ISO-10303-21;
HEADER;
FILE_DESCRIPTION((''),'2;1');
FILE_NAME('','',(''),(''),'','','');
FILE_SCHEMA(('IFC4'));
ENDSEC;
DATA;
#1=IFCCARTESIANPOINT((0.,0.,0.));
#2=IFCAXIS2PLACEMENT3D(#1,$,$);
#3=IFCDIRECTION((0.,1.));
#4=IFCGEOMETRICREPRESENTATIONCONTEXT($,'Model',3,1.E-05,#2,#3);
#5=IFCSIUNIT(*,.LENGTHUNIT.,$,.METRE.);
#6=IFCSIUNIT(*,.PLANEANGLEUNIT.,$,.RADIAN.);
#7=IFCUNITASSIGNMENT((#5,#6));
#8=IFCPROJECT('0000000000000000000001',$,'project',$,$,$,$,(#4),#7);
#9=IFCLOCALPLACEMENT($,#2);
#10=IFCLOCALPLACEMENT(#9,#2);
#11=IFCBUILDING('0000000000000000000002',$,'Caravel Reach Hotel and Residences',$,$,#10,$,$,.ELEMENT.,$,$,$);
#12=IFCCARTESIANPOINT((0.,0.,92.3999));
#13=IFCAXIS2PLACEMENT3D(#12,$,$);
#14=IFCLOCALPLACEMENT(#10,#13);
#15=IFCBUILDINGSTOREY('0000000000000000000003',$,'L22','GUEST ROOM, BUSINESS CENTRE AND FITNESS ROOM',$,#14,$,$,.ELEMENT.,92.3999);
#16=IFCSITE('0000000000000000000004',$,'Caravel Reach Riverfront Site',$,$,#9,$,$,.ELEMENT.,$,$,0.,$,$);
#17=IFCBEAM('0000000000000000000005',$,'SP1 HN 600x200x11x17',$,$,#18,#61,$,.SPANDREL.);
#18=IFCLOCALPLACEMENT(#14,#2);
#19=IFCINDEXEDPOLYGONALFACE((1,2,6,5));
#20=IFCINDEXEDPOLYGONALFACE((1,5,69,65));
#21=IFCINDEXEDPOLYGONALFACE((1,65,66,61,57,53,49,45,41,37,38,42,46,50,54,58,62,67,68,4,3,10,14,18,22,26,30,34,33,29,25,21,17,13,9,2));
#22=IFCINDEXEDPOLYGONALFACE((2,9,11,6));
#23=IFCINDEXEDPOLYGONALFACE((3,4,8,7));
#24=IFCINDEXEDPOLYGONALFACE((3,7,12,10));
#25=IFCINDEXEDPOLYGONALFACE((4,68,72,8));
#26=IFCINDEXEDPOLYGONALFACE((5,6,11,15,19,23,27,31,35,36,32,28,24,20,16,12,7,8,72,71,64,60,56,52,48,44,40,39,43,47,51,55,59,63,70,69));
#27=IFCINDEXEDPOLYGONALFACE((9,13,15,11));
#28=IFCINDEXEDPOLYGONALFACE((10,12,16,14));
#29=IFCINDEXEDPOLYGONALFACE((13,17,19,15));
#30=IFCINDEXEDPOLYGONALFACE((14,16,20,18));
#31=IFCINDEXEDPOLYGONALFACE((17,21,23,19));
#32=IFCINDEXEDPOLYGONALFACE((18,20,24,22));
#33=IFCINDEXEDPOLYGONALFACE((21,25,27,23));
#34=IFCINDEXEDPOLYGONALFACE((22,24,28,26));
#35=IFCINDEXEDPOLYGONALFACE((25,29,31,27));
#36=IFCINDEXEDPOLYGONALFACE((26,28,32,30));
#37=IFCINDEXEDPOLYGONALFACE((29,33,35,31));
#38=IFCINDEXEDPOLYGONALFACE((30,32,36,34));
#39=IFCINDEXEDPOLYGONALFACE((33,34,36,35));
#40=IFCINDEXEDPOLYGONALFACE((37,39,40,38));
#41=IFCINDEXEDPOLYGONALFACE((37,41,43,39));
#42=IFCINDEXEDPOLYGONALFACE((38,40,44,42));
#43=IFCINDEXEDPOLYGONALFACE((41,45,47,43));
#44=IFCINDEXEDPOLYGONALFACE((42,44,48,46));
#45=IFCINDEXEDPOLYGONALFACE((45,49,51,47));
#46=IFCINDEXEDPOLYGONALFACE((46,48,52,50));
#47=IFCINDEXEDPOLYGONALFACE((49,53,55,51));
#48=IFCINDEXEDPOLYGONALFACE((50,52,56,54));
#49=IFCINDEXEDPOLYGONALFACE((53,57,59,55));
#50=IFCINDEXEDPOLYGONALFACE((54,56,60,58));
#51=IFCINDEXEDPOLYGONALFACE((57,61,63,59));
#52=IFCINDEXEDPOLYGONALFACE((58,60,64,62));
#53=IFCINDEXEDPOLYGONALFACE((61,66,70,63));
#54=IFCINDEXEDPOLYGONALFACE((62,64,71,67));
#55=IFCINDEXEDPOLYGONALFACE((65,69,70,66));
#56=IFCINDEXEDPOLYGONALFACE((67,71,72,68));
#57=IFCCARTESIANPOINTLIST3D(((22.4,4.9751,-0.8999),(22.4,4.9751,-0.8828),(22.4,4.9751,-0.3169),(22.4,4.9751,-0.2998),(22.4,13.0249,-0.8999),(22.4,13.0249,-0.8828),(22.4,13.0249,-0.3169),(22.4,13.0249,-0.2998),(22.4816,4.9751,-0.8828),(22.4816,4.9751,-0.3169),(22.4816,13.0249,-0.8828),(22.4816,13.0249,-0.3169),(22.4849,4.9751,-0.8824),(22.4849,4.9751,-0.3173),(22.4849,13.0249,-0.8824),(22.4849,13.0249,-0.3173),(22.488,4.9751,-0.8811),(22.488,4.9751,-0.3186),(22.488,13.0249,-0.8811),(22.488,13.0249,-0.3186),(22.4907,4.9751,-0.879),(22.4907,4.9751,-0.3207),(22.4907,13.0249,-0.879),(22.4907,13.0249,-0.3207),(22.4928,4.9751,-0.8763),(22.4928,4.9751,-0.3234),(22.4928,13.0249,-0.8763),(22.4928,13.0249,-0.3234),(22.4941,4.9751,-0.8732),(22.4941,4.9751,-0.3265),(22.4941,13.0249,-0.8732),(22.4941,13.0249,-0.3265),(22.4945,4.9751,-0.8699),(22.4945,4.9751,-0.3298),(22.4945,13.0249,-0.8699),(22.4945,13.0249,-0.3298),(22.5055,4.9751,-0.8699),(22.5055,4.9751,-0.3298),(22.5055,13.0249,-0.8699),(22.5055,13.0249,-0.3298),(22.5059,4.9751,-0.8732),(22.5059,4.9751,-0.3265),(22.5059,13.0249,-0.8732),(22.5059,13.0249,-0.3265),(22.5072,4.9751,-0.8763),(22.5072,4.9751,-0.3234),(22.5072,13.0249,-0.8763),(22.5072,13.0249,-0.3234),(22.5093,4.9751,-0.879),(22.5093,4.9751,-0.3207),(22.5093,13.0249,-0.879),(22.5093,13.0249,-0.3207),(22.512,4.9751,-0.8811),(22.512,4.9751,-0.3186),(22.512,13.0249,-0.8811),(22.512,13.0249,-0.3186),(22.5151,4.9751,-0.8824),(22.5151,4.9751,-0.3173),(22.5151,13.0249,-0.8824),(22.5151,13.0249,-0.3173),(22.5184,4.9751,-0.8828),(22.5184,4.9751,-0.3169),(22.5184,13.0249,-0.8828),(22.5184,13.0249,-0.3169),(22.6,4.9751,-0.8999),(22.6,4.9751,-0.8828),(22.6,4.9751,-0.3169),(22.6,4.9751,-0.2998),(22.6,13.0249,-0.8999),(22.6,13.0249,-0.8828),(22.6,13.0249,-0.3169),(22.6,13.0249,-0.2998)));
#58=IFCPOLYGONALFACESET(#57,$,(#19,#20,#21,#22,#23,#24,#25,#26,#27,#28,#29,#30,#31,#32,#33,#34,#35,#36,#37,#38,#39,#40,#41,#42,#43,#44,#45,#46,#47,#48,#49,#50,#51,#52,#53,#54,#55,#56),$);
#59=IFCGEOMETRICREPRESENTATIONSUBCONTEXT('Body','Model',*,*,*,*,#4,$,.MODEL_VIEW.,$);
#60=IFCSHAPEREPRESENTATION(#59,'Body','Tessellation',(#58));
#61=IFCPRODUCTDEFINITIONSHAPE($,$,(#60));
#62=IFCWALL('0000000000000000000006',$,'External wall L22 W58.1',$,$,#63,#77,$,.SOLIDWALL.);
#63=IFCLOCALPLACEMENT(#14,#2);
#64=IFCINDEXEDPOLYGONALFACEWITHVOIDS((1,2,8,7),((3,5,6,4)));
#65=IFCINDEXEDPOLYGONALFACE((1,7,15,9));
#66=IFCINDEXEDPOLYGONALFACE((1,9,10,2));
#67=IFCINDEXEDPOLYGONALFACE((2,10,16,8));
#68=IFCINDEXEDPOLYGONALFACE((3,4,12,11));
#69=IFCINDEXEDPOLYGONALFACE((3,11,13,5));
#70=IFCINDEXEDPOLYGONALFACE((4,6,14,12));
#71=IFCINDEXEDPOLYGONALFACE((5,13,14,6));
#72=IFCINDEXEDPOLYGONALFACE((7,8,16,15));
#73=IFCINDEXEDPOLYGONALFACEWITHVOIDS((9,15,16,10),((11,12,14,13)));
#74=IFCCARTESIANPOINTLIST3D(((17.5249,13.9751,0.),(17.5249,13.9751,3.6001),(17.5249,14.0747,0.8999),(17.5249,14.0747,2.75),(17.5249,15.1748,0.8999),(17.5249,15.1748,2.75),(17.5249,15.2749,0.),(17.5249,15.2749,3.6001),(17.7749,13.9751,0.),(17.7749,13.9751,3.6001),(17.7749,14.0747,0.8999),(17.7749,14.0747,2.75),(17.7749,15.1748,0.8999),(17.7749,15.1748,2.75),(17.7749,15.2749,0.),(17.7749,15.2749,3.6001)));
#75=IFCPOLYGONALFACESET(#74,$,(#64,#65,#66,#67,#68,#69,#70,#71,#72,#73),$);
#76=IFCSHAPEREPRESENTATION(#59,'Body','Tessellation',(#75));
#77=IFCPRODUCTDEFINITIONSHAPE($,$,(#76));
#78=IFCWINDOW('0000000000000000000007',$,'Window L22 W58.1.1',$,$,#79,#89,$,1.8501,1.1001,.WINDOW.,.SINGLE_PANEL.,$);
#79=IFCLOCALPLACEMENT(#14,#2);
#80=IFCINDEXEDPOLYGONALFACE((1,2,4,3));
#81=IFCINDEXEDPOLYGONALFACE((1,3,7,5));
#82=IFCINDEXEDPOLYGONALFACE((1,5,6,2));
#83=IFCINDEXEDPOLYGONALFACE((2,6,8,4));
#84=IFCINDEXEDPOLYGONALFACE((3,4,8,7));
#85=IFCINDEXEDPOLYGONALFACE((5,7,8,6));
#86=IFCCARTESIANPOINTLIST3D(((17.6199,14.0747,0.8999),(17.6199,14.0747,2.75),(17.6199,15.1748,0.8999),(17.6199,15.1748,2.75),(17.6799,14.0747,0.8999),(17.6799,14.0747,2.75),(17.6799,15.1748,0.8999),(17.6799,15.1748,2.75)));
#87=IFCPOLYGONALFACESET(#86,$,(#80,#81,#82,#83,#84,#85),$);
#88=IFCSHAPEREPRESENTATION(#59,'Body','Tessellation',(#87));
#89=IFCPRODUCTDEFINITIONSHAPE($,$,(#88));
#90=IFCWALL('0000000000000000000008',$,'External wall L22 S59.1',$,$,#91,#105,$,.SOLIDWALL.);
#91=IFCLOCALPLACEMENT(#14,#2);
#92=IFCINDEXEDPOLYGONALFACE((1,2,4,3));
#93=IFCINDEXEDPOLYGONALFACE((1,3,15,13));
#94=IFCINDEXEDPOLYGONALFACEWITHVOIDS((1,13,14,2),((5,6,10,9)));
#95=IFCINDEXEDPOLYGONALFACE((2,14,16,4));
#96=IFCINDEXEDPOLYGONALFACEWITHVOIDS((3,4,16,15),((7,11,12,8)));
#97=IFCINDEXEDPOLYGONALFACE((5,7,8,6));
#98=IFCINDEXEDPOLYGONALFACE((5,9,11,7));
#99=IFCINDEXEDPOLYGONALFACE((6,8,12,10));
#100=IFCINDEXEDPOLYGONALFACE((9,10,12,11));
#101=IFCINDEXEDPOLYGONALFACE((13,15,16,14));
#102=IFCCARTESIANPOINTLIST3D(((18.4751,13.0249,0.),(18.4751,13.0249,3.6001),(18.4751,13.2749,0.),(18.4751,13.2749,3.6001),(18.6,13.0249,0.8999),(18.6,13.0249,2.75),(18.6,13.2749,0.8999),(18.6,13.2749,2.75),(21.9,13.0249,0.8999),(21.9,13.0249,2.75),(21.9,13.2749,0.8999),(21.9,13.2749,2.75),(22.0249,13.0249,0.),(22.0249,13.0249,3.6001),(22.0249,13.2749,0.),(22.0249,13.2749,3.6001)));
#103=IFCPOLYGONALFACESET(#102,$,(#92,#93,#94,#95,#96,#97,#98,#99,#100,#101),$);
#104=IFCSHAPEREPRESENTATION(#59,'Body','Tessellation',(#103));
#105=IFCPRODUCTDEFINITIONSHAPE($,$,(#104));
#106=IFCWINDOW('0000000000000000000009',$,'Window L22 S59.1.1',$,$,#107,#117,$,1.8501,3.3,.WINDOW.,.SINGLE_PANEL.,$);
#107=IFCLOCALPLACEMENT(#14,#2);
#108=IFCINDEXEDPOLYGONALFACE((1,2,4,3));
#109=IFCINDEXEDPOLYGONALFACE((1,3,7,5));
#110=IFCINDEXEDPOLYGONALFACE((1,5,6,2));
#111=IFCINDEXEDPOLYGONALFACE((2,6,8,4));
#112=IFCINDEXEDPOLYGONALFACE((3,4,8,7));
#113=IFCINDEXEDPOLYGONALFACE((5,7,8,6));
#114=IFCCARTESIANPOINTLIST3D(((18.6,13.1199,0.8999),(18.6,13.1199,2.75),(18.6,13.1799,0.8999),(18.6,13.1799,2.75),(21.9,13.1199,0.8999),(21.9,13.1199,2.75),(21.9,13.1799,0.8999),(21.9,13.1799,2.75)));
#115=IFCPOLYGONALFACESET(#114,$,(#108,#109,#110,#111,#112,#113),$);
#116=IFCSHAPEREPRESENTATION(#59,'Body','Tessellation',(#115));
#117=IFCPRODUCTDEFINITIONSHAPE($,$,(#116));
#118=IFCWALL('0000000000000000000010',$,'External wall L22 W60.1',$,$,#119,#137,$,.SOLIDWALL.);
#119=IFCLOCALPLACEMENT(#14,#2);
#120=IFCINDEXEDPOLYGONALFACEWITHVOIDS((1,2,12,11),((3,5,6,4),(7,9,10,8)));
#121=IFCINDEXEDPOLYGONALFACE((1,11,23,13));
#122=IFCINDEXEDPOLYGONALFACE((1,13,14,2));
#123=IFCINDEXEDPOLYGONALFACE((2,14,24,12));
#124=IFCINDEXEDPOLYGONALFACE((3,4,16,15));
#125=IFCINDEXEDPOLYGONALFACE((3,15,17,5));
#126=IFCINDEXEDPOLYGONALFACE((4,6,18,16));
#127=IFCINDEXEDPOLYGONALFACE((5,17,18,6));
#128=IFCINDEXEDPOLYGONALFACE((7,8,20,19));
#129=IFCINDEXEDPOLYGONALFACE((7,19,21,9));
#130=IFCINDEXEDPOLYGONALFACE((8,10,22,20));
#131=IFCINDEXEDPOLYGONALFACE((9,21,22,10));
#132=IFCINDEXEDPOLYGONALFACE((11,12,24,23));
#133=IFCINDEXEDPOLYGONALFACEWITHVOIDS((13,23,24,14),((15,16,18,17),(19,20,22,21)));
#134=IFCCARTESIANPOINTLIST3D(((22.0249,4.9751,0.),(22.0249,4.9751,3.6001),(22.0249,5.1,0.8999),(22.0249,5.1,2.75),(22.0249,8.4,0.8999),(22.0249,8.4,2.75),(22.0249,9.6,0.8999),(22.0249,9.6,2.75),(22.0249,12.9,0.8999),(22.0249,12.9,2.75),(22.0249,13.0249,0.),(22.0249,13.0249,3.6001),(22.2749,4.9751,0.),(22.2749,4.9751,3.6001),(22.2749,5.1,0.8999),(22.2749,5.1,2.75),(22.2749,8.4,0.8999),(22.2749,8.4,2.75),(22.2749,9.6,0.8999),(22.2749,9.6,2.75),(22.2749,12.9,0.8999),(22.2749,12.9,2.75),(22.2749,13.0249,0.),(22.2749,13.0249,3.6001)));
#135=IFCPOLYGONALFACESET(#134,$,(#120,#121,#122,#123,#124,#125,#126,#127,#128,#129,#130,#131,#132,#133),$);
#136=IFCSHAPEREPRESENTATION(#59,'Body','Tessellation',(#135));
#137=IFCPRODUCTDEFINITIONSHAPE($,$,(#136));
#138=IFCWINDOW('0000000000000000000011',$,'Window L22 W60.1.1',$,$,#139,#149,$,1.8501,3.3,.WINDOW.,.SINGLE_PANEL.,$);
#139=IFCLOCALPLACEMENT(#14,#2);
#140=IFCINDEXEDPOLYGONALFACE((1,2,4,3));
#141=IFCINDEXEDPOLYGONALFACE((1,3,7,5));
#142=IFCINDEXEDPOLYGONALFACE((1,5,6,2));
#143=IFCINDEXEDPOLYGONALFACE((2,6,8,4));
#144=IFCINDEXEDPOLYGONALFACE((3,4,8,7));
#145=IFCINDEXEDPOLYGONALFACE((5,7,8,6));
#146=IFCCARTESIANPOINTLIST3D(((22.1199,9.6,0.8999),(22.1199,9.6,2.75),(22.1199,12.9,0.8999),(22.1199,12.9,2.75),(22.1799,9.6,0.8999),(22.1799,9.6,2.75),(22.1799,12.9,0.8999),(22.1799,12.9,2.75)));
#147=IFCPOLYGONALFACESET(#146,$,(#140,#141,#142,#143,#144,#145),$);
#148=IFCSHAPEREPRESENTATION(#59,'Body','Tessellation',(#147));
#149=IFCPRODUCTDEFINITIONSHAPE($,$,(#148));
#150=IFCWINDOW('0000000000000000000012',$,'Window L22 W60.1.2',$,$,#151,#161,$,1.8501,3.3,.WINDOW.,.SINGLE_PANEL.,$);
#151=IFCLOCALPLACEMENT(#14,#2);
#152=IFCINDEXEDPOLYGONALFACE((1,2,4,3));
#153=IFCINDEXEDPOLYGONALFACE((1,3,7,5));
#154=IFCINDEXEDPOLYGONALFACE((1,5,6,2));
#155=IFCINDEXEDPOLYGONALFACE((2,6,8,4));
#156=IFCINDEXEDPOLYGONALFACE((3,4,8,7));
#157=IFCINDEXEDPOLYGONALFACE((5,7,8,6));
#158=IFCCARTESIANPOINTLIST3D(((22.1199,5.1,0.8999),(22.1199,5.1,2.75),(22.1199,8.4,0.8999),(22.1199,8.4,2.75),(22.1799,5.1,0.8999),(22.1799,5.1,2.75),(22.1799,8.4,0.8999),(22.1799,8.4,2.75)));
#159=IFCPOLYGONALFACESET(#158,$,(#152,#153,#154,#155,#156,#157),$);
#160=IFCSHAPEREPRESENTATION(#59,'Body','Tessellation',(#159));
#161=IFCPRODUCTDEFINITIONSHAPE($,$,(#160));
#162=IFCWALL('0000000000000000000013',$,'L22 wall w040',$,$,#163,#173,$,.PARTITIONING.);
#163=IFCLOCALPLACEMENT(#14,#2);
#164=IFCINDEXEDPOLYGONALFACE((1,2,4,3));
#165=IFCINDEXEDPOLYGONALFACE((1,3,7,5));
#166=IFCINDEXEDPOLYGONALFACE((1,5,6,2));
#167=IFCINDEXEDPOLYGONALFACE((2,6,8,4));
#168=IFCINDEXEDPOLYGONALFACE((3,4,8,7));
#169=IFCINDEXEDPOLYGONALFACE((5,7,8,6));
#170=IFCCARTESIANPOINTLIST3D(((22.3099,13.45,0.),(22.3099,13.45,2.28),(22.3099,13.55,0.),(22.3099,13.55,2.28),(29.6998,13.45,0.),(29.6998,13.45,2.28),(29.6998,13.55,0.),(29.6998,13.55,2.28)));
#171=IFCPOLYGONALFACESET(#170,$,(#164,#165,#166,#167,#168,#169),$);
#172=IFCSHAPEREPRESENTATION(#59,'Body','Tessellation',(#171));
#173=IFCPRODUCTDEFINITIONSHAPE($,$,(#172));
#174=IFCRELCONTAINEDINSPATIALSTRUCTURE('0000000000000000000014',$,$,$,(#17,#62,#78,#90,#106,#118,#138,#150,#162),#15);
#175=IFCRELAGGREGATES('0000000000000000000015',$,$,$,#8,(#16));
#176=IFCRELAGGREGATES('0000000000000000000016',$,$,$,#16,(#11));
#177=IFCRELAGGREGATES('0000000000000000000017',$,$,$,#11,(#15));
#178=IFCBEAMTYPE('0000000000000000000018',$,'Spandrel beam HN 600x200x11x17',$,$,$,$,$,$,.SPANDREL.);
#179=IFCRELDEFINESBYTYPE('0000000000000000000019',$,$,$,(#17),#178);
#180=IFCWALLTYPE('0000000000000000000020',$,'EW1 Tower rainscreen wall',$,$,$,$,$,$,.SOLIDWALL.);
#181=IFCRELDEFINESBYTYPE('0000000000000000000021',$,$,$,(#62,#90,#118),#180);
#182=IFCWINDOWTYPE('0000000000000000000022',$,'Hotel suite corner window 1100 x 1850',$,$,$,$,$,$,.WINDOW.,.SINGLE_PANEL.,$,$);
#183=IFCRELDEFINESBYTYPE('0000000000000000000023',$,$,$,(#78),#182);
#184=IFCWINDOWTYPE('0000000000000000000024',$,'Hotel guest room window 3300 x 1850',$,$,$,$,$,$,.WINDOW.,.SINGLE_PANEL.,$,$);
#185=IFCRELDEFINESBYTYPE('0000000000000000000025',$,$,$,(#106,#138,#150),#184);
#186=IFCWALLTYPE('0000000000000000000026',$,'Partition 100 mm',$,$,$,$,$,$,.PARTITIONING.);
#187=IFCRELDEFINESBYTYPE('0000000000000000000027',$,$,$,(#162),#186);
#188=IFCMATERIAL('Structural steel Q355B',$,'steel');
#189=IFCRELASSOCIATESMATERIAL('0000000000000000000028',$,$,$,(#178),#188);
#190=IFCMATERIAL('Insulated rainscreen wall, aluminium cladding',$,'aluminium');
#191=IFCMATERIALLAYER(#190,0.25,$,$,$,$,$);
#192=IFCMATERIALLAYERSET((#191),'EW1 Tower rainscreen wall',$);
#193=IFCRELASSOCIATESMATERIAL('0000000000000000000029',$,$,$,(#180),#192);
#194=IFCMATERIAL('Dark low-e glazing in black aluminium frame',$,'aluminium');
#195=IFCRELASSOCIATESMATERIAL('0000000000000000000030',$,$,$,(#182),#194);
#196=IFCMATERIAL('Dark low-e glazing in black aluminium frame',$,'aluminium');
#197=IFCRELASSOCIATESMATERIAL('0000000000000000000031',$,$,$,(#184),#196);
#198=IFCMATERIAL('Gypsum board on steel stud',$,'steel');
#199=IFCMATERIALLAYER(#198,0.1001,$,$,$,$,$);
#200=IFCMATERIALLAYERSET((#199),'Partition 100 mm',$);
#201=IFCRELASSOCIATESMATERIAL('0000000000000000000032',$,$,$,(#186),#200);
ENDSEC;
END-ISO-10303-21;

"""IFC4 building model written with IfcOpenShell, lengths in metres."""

from ifc_helpers import new_model, si_unit, direction, frame, frame_2d, origin, origin_2d, place, context, subcontext, project, spatial, rectangle, i_section, extrude, material, layer, layer_set, material_profile, profile_set, type_object, element, fill, save


model = new_model("IFC4")

# Units and contexts
model_context = context("Model", 3, precision=1e-05, world=origin(), true_north=direction((0.0, 1.0)))
body_context = subcontext(model_context, "Body", "Model", "MODEL_VIEW")
ifc_project = project(units=[si_unit("LENGTHUNIT", "METRE"), si_unit("PLANEANGLEUNIT", "RADIAN")], contexts=[model_context])

# Site, building, storey
site_placement = place(None, origin())
site = spatial("IfcSite", under=ifc_project, at=site_placement, Name="Caravel Reach Riverfront Site", CompositionType="ELEMENT", RefElevation=0.0)
building_placement = place(site_placement, origin())
building = spatial("IfcBuilding", under=site, at=building_placement, Name="Caravel Reach Hotel and Residences", CompositionType="ELEMENT")
storey_placement = place(building_placement, frame((0.0, 0.0, 92.3999)))
storey = spatial("IfcBuildingStorey", under=building, at=storey_placement, Name="L22", Description="GUEST ROOM, BUSINESS CENTRE AND FITNESS ROOM", CompositionType="ELEMENT", Elevation=92.3999)

# Beam
ifc_material_1 = material(Name="Structural steel Q355B", Category="steel")
ifc_material_profile_1 = material_profile(ifc_material_1, i_section(OverallWidth=0.2, OverallDepth=0.6001, WebThickness=0.011, FlangeThickness=0.0171, FilletRadius=0.0129, at=origin_2d()), Name="HN 600x200x11x17")
ifc_profile_set_1 = profile_set([ifc_material_profile_1], Name="Structural steel Q355B")
beam_type_1 = type_object("IfcBeamType", Name="Spandrel beam HN 600x200x11x17", PredefinedType="SPANDREL", material=ifc_profile_set_1)
beam_1_placement = place(storey_placement, frame((22.5, 13.0249, -0.5999), z_axis=(0.0, -1.0, 0.0), x_axis=(1.0, 0.0, 0.0)))
element("IfcBeam", 1, at=beam_1_placement, inside=storey, type_object=beam_type_1, Name="SP1 HN 600x200x11x17", PredefinedType="SPANDREL", context=body_context, shape_type="SweptSolid", body=[
    extrude(i_section(OverallWidth=0.2, OverallDepth=0.6001, WebThickness=0.011, FlangeThickness=0.0171, FilletRadius=0.0129, at=origin_2d()), origin(), (0.0, 0.0, 1.0), 8.0498),
])

# Walls, openings, windows
ifc_material_2 = material(Name="Insulated rainscreen wall, aluminium cladding", Category="aluminium")
ifc_layer_1 = layer(ifc_material_2, 0.25)
ifc_layer_set_1 = layer_set([ifc_layer_1], Name="EW1 Tower rainscreen wall")
wall_type_1 = type_object("IfcWallType", Name="EW1 Tower rainscreen wall", PredefinedType="SOLIDWALL", material=ifc_layer_set_1)
wall_1_placement = place(storey_placement, frame((17.6499, 15.2749, 0.0), z_axis=(0.0, 0.0, 1.0), x_axis=(0.0, -1.0, 0.0)))
wall_1 = element("IfcWall", 2, at=wall_1_placement, inside=storey, type_object=wall_type_1, Name="External wall L22 W58.1", PredefinedType="SOLIDWALL", context=body_context, shape_type="SweptSolid", body=[
    extrude(rectangle(XDim=1.2998, YDim=0.25, at=frame_2d((0.6499, 0.0))), origin(), (0.0, 0.0, 1.0), 3.6001),
])
opening_1_placement = place(wall_1_placement, frame((0.1001, 0.0, 0.8999)))
opening_1 = element("IfcOpeningElement", 3, at=opening_1_placement, cuts=wall_1, PredefinedType="OPENING", context=body_context, shape_type="SweptSolid", body=[
    extrude(rectangle(XDim=1.1001, YDim=1.8501, at=frame_2d((0.55, 0.925))), frame((0.0, 0.135, 0.0), z_axis=(0.0, -1.0, 0.0), x_axis=(1.0, 0.0, 0.0)), (0.0, 0.0, 1.0), 0.27),
])
ifc_material_3 = material(Name="Dark low-e glazing in black aluminium frame", Category="aluminium")
window_type_1 = type_object("IfcWindowType", Name="Hotel suite corner window 1100 x 1850", PartitioningType="SINGLE_PANEL", PredefinedType="WINDOW", material=ifc_material_3)
window_1_placement = place(opening_1_placement, origin())
window_1 = element("IfcWindow", 4, at=window_1_placement, inside=storey, type_object=window_type_1, Name="Window L22 W58.1.1", OverallHeight=1.8501, OverallWidth=1.1001, PartitioningType="SINGLE_PANEL", PredefinedType="WINDOW", context=body_context, shape_type="SweptSolid", body=[
    extrude(rectangle(XDim=1.1001, YDim=1.8501, at=frame_2d((0.55, 0.925))), frame((0.0, 0.03, 0.0), z_axis=(0.0, -1.0, 0.0), x_axis=(1.0, 0.0, 0.0)), (0.0, 0.0, 1.0), 0.0601),
])
fill(opening_1, window_1)
wall_2_placement = place(storey_placement, frame((18.4751, 13.1499, 0.0), z_axis=(0.0, 0.0, 1.0), x_axis=(1.0, 0.0, 0.0)))
wall_2 = element("IfcWall", 5, at=wall_2_placement, inside=storey, type_object=wall_type_1, Name="External wall L22 S59.1", PredefinedType="SOLIDWALL", context=body_context, shape_type="SweptSolid", body=[
    extrude(rectangle(XDim=3.5498, YDim=0.25, at=frame_2d((1.7749, 0.0))), origin(), (0.0, 0.0, 1.0), 3.6001),
])
opening_2_placement = place(wall_2_placement, frame((0.125, 0.0, 0.8999)))
opening_2 = element("IfcOpeningElement", 6, at=opening_2_placement, cuts=wall_2, PredefinedType="OPENING", context=body_context, shape_type="SweptSolid", body=[
    extrude(rectangle(XDim=3.3, YDim=1.8501, at=frame_2d((1.6499, 0.925))), frame((0.0, 0.135, 0.0), z_axis=(0.0, -1.0, 0.0), x_axis=(1.0, 0.0, 0.0)), (0.0, 0.0, 1.0), 0.27),
])
ifc_material_4 = material(Name="Dark low-e glazing in black aluminium frame", Category="aluminium")
window_type_2 = type_object("IfcWindowType", Name="Hotel guest room window 3300 x 1850", PartitioningType="SINGLE_PANEL", PredefinedType="WINDOW", material=ifc_material_4)
window_2_placement = place(opening_2_placement, origin())
window_2 = element("IfcWindow", 7, at=window_2_placement, inside=storey, type_object=window_type_2, Name="Window L22 S59.1.1", OverallHeight=1.8501, OverallWidth=3.3, PartitioningType="SINGLE_PANEL", PredefinedType="WINDOW", context=body_context, shape_type="SweptSolid", body=[
    extrude(rectangle(XDim=3.3, YDim=1.8501, at=frame_2d((1.6499, 0.925))), frame((0.0, 0.03, 0.0), z_axis=(0.0, -1.0, 0.0), x_axis=(1.0, 0.0, 0.0)), (0.0, 0.0, 1.0), 0.0601),
])
fill(opening_2, window_2)

# Wall, openings, windows
wall_3_placement = place(storey_placement, frame((22.1499, 13.0249, 0.0), z_axis=(0.0, 0.0, 1.0), x_axis=(0.0, -1.0, 0.0)))
wall_3 = element("IfcWall", 8, at=wall_3_placement, inside=storey, type_object=wall_type_1, Name="External wall L22 W60.1", PredefinedType="SOLIDWALL", context=body_context, shape_type="SweptSolid", body=[
    extrude(rectangle(XDim=8.0498, YDim=0.25, at=frame_2d((4.0249, 0.0))), origin(), (0.0, 0.0, 1.0), 3.6001),
])
opening_3_placement = place(wall_3_placement, frame((0.125, 0.0, 0.8999)))
opening_3 = element("IfcOpeningElement", 9, at=opening_3_placement, cuts=wall_3, PredefinedType="OPENING", context=body_context, shape_type="SweptSolid", body=[
    extrude(rectangle(XDim=3.3, YDim=1.8501, at=frame_2d((1.6499, 0.925))), frame((0.0, 0.135, 0.0), z_axis=(0.0, -1.0, 0.0), x_axis=(1.0, 0.0, 0.0)), (0.0, 0.0, 1.0), 0.27),
])
opening_4_placement = place(wall_3_placement, frame((4.625, 0.0, 0.8999)))
opening_4 = element("IfcOpeningElement", 10, at=opening_4_placement, cuts=wall_3, PredefinedType="OPENING", context=body_context, shape_type="SweptSolid", body=[
    extrude(rectangle(XDim=3.3, YDim=1.8501, at=frame_2d((1.6499, 0.925))), frame((0.0, 0.135, 0.0), z_axis=(0.0, -1.0, 0.0), x_axis=(1.0, 0.0, 0.0)), (0.0, 0.0, 1.0), 0.27),
])
window_3_placement = place(opening_3_placement, origin())
window_3 = element("IfcWindow", 11, at=window_3_placement, inside=storey, type_object=window_type_2, Name="Window L22 W60.1.1", OverallHeight=1.8501, OverallWidth=3.3, PartitioningType="SINGLE_PANEL", PredefinedType="WINDOW", context=body_context, shape_type="SweptSolid", body=[
    extrude(rectangle(XDim=3.3, YDim=1.8501, at=frame_2d((1.6499, 0.925))), frame((0.0, 0.03, 0.0), z_axis=(0.0, -1.0, 0.0), x_axis=(1.0, 0.0, 0.0)), (0.0, 0.0, 1.0), 0.0601),
])
fill(opening_3, window_3)
window_4_placement = place(opening_4_placement, origin())
window_4 = element("IfcWindow", 12, at=window_4_placement, inside=storey, type_object=window_type_2, Name="Window L22 W60.1.2", OverallHeight=1.8501, OverallWidth=3.3, PartitioningType="SINGLE_PANEL", PredefinedType="WINDOW", context=body_context, shape_type="SweptSolid", body=[
    extrude(rectangle(XDim=3.3, YDim=1.8501, at=frame_2d((1.6499, 0.925))), frame((0.0, 0.03, 0.0), z_axis=(0.0, -1.0, 0.0), x_axis=(1.0, 0.0, 0.0)), (0.0, 0.0, 1.0), 0.0601),
])
fill(opening_4, window_4)

# Wall
ifc_material_5 = material(Name="Gypsum board on steel stud", Category="steel")
ifc_layer_2 = layer(ifc_material_5, 0.1001)
ifc_layer_set_2 = layer_set([ifc_layer_2], Name="Partition 100 mm")
wall_type_2 = type_object("IfcWallType", Name="Partition 100 mm", PredefinedType="PARTITIONING", material=ifc_layer_set_2)
wall_4_placement = place(storey_placement, frame((22.3101, 13.5, 0.0), z_axis=(0.0, 0.0, 1.0), x_axis=(1.0, 0.0, 0.0)))
element("IfcWall", 13, at=wall_4_placement, inside=storey, type_object=wall_type_2, Name="L22 wall w040", PredefinedType="PARTITIONING", context=body_context, shape_type="SweptSolid", body=[
    extrude(rectangle(XDim=7.3899, YDim=0.1001, at=frame_2d((3.6948, 0.0))), origin(), (0.0, 0.0, 1.0), 2.28),
])

save(model, "model.ifc")
